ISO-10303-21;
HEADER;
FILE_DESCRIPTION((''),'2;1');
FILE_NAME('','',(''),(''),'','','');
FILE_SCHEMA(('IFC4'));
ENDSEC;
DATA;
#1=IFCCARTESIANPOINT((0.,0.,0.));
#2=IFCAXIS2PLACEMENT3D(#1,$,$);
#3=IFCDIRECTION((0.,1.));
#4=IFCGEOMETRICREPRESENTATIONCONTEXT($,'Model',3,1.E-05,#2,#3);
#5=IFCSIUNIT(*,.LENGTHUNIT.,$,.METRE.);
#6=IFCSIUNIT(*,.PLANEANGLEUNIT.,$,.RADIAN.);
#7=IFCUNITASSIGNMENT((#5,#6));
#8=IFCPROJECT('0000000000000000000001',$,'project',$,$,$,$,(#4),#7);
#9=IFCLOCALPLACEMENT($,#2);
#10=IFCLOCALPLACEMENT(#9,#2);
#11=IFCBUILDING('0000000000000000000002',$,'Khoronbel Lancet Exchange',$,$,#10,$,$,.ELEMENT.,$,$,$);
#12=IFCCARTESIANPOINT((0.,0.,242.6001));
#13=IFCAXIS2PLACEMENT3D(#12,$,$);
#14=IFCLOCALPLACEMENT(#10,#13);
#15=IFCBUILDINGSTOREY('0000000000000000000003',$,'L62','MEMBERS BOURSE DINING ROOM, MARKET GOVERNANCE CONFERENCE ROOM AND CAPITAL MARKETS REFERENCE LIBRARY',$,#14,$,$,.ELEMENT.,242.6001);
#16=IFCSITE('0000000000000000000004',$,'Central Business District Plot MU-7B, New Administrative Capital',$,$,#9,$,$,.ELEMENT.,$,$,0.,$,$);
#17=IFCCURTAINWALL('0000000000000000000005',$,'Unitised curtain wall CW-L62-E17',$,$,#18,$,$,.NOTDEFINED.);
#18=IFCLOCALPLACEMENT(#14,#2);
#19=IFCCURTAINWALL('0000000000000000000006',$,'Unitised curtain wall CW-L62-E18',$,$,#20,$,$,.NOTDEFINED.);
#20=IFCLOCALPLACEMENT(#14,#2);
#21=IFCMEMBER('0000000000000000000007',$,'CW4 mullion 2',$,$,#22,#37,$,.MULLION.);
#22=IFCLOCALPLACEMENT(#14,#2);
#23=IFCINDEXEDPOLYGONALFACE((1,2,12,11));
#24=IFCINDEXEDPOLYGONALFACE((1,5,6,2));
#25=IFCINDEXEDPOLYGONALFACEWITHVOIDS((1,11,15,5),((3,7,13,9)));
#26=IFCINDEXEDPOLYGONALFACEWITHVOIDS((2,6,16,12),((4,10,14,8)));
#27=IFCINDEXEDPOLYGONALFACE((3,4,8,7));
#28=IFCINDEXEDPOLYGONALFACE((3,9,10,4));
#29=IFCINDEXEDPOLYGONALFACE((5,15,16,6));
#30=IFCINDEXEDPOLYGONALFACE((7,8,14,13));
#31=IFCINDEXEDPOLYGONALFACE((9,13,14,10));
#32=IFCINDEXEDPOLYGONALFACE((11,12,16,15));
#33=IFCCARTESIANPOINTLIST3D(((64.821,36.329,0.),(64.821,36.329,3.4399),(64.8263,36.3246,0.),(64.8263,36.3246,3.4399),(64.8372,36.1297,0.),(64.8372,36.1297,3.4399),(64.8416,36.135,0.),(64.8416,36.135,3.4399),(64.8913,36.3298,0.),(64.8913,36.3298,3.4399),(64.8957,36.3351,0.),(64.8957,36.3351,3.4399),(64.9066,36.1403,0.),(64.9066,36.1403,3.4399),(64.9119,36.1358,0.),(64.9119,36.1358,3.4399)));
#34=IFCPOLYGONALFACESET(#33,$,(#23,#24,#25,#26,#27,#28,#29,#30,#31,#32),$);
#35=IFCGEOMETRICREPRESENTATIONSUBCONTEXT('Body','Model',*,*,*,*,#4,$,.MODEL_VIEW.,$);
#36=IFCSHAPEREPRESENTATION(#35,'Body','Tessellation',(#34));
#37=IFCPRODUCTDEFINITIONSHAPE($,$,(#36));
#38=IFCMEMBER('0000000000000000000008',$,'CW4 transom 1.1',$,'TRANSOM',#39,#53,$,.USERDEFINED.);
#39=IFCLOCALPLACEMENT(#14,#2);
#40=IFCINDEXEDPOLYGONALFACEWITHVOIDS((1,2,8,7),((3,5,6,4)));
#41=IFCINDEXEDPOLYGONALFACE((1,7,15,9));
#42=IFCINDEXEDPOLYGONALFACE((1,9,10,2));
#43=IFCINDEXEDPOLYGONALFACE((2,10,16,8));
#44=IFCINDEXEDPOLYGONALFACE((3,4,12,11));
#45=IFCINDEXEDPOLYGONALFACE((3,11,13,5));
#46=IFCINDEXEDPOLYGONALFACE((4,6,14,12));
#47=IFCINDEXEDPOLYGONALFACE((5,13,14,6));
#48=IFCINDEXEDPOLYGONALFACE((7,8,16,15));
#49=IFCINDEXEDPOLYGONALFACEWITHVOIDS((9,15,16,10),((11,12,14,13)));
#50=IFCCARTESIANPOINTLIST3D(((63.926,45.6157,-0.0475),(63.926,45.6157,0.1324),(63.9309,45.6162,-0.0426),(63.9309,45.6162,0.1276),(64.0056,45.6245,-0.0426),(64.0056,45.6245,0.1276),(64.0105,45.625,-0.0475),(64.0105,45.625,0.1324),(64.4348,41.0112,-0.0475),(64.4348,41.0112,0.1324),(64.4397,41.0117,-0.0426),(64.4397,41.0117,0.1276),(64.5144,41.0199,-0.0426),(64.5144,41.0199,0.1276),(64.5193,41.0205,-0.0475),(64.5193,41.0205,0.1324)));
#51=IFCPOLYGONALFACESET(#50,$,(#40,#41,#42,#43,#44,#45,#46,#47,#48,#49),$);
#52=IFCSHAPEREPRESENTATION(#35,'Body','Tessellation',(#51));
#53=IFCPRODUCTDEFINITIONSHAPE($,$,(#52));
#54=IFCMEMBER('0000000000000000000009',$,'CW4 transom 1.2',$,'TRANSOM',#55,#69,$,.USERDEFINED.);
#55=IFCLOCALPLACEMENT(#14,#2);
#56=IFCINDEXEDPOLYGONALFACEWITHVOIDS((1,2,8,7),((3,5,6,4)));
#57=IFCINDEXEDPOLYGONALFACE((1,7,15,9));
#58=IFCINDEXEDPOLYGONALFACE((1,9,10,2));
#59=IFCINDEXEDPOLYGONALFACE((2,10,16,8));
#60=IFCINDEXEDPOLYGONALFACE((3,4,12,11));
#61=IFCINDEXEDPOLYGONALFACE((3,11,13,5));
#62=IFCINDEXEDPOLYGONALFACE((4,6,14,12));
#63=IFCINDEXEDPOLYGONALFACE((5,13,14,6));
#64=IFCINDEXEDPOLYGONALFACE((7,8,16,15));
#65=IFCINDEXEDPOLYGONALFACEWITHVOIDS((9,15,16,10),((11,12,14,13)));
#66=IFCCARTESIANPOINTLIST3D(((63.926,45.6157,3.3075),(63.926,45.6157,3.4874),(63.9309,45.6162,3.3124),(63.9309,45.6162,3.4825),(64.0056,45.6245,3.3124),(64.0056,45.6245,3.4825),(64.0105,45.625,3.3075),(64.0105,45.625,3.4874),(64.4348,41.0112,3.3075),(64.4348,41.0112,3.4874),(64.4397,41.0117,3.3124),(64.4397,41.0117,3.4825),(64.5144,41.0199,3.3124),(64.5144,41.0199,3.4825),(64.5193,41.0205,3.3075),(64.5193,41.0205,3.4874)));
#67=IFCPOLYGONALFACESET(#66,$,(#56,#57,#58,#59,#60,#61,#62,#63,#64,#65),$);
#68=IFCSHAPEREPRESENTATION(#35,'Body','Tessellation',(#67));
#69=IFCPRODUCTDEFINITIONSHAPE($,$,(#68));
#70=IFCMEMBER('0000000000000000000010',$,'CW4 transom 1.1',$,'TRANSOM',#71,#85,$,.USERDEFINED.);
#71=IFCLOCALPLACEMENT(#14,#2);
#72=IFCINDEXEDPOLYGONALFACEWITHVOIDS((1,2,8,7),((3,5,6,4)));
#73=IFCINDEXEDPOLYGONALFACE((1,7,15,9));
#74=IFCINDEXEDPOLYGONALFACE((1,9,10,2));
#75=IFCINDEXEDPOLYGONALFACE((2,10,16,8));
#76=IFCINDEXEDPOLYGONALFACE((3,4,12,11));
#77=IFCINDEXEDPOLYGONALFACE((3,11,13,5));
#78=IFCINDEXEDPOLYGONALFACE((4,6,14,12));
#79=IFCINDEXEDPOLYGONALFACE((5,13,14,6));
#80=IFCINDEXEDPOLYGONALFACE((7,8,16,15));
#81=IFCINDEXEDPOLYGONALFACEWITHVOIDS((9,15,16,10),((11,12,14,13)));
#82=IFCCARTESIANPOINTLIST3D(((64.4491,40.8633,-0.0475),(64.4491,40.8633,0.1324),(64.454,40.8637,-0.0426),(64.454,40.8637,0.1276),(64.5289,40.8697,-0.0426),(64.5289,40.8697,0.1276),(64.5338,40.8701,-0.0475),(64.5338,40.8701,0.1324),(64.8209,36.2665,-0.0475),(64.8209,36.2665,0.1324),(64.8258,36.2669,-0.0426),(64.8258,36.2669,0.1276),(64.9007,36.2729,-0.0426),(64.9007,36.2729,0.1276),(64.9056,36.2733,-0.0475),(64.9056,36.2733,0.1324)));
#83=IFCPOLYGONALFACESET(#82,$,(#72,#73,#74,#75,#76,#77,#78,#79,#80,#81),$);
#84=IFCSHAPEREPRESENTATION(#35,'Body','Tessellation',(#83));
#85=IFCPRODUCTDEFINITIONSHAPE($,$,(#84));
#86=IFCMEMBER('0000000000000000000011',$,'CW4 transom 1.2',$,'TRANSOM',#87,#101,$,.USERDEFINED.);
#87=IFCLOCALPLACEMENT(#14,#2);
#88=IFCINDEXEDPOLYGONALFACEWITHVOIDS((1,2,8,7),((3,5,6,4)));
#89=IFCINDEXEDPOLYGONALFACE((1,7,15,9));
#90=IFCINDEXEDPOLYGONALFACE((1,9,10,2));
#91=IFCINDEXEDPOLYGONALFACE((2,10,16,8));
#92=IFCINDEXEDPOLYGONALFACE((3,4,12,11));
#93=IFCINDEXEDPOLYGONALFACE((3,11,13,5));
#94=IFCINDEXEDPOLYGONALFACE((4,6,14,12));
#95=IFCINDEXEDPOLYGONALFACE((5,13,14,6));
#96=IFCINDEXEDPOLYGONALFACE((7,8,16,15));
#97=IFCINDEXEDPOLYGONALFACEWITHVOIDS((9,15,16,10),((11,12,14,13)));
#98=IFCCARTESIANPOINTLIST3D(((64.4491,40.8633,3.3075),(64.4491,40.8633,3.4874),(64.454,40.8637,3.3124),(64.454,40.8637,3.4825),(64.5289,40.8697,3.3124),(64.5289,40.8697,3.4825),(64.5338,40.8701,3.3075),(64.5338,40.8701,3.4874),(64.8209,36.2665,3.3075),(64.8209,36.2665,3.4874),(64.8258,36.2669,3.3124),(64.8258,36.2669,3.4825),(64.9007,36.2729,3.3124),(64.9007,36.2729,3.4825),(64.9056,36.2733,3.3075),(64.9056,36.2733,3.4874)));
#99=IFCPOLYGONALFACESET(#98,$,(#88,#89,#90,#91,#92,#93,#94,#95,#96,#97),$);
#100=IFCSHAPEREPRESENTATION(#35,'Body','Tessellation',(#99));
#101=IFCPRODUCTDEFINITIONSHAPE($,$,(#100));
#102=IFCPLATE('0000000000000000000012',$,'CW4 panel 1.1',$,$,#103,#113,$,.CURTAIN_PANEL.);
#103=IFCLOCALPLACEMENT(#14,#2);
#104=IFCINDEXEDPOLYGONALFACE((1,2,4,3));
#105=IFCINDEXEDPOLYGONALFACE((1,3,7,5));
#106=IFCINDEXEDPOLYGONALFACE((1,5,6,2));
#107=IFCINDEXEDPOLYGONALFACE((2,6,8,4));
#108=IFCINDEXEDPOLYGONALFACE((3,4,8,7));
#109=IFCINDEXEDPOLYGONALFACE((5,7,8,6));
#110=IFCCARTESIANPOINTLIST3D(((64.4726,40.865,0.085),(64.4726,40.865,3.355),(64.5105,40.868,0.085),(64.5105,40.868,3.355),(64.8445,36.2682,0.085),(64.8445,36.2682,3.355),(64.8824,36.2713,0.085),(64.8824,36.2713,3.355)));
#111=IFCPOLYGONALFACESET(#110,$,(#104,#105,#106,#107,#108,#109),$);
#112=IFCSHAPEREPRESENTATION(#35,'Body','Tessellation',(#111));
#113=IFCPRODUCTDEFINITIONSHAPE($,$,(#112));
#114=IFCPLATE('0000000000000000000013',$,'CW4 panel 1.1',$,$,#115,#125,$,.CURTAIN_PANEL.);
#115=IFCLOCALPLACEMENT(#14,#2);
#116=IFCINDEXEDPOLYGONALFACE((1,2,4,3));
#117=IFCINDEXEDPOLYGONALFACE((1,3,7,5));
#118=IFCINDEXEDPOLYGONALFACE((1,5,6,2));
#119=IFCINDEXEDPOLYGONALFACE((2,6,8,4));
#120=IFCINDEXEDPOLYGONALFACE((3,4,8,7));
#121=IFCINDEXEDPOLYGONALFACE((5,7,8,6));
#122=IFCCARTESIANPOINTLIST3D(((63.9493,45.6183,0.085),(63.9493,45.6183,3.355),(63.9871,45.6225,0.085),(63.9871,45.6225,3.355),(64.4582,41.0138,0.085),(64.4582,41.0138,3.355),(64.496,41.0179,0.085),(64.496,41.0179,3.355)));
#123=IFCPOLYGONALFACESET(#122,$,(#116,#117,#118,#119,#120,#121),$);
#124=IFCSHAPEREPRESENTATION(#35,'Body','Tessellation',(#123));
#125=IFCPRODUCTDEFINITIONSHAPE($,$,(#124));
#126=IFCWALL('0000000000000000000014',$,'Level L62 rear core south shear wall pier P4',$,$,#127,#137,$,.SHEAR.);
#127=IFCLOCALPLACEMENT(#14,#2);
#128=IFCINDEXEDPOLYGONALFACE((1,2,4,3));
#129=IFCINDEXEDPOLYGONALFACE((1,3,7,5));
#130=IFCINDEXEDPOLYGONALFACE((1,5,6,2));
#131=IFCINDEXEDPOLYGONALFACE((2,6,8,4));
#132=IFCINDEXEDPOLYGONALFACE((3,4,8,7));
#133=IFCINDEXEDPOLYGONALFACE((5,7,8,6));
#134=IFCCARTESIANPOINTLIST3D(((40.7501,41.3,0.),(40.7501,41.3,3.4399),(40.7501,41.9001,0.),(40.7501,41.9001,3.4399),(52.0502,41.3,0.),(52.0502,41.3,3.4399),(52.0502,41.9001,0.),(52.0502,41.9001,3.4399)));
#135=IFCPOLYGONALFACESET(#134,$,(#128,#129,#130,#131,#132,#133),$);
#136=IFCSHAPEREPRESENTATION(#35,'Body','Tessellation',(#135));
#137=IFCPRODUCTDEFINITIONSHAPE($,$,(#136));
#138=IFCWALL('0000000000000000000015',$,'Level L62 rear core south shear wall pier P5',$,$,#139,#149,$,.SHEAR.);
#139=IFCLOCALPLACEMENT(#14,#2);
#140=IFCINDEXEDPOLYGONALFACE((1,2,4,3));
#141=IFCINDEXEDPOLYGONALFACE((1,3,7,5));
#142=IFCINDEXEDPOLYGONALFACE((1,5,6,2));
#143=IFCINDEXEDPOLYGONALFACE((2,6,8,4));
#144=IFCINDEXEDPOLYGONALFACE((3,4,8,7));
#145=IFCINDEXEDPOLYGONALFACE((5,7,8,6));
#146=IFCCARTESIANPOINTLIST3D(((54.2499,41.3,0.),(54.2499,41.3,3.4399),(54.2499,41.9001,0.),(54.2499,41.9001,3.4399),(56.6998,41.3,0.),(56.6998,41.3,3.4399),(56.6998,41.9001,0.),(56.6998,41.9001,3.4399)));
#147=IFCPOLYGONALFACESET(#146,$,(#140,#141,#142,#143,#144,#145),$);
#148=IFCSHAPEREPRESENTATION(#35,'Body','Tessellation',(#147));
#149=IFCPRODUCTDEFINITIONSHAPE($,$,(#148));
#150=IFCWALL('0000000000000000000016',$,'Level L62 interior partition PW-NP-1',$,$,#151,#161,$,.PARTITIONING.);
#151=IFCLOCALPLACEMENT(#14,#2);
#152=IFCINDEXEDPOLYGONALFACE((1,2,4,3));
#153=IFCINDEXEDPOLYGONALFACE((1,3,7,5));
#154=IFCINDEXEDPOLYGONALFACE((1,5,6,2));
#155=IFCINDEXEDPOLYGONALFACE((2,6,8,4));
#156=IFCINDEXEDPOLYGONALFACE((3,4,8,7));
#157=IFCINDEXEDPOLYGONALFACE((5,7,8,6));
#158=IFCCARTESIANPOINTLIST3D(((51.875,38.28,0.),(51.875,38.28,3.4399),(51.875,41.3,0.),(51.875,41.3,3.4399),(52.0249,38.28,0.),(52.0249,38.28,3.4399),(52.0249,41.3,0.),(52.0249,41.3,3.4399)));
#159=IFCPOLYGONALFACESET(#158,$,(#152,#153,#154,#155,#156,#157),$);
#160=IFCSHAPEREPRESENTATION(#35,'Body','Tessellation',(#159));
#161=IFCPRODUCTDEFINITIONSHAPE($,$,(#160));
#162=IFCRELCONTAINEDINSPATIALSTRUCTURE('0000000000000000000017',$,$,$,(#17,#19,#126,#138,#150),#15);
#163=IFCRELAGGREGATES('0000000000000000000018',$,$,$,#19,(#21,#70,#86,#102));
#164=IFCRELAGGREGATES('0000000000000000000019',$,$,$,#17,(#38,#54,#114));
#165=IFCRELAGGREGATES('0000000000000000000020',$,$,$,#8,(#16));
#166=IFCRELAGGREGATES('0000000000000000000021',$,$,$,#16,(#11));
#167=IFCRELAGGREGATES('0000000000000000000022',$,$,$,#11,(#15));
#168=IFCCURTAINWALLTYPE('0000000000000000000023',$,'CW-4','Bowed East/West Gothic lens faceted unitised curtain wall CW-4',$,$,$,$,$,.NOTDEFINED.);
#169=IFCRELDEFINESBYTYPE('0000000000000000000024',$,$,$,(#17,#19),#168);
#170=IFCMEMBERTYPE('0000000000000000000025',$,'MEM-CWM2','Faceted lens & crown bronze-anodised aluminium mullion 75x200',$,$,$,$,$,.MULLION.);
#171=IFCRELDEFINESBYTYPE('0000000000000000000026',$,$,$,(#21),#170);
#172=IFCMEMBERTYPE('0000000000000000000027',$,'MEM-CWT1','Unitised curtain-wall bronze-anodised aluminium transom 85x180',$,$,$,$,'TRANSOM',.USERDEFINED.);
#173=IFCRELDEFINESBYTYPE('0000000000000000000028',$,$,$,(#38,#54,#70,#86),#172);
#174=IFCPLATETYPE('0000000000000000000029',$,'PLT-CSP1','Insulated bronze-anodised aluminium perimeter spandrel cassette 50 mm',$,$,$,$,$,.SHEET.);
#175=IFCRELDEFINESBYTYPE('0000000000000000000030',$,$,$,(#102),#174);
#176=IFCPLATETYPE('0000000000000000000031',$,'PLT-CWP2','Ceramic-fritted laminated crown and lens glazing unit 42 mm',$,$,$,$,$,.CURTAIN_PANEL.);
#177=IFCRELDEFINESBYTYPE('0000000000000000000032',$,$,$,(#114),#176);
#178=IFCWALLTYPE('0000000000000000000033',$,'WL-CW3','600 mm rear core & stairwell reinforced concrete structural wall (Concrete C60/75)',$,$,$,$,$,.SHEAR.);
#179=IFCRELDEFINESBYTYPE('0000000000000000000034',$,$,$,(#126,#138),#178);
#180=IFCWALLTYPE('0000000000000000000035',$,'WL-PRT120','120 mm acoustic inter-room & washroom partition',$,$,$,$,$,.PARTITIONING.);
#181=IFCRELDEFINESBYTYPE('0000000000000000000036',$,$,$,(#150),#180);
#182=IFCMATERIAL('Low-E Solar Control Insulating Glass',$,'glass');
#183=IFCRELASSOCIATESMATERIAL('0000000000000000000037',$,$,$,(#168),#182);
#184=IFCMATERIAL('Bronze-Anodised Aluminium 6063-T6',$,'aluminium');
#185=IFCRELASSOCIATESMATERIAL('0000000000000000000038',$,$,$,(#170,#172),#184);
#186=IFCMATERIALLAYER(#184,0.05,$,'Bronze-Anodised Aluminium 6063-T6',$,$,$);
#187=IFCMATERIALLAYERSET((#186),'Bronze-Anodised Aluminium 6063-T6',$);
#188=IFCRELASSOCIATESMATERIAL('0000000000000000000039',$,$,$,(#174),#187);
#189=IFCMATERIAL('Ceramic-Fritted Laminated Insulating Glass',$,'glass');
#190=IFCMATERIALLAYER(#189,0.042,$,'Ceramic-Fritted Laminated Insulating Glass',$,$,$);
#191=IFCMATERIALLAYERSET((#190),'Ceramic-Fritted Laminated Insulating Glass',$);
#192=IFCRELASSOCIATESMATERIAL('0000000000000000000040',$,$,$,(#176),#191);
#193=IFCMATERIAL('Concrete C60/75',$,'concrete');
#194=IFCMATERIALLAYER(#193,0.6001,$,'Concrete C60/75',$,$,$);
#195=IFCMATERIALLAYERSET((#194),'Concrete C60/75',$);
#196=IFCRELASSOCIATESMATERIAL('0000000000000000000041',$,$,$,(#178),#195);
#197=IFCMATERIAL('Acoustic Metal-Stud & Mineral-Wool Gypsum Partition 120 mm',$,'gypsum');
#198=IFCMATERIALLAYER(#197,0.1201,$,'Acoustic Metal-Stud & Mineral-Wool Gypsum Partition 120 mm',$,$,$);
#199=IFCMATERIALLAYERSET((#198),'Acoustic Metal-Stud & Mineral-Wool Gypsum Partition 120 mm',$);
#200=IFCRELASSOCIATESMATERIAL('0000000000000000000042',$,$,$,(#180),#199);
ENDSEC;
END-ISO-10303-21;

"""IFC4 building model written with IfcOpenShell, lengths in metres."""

from ifc_helpers import new_model, si_unit, direction, frame, frame_2d, origin, origin_2d, place, context, subcontext, project, spatial, rectangle, hollow_rectangle, extrude, material, layer, layer_set, material_profile, profile_set, type_object, element, aggregate, save


model = new_model("IFC4")

# Units and contexts
model_context = context("Model", 3, precision=1e-05, world=origin(), true_north=direction((0.0, 1.0)))
body_context = subcontext(model_context, "Body", "Model", "MODEL_VIEW")
ifc_project = project(units=[si_unit("LENGTHUNIT", "METRE"), si_unit("PLANEANGLEUNIT", "RADIAN")], contexts=[model_context])

# Site, building, storey
site_placement = place(None, origin())
site = spatial("IfcSite", under=ifc_project, at=site_placement, Name="Central Business District Plot MU-7B, New Administrative Capital", CompositionType="ELEMENT", RefElevation=0.0)
building_placement = place(site_placement, origin())
building = spatial("IfcBuilding", under=site, at=building_placement, Name="Khoronbel Lancet Exchange", CompositionType="ELEMENT")
storey_placement = place(building_placement, frame((0.0, 0.0, 242.6001)))
storey = spatial("IfcBuildingStorey", under=building, at=storey_placement, Name="L62", Description="MEMBERS BOURSE DINING ROOM, MARKET GOVERNANCE CONFERENCE ROOM AND CAPITAL MARKETS REFERENCE LIBRARY", CompositionType="ELEMENT", Elevation=242.6001)

# Shared definitions
ifc_material_1 = material(Name="Concrete C60/75", Category="concrete")

# Curtain walls, member
ifc_material_2 = material(Name="Low-E Solar Control Insulating Glass", Category="glass")
curtain_wall_type = type_object("IfcCurtainWallType", Name="CW-4", Description="Bowed East/West Gothic lens faceted unitised curtain wall CW-4", PredefinedType="NOTDEFINED", material=ifc_material_2)
curtain_wall_1_placement = place(storey_placement, origin())
curtain_wall_1 = element("IfcCurtainWall", 1, at=curtain_wall_1_placement, inside=storey, type_object=curtain_wall_type, Name="Unitised curtain wall CW-L62-E17", PredefinedType="NOTDEFINED")
ifc_material_3 = material(Name="Bronze-Anodised Aluminium 6063-T6", Category="aluminium")
ifc_material_profile_1 = material_profile(ifc_material_3, hollow_rectangle(XDim=0.075, YDim=0.2, WallThickness=0.0049, at=origin_2d()), Name="ALU MULLION 75x200")
ifc_profile_set_1 = profile_set([ifc_material_profile_1], Name="Bronze-Anodised Aluminium 6063-T6")
member_type_1 = type_object("IfcMemberType", Name="MEM-CWM2", Description="Faceted lens & crown bronze-anodised aluminium mullion 75x200", PredefinedType="MULLION", material=ifc_profile_set_1)
curtain_wall_2_placement = place(storey_placement, origin())
curtain_wall_2 = element("IfcCurtainWall", 2, at=curtain_wall_2_placement, inside=storey, type_object=curtain_wall_type, Name="Unitised curtain wall CW-L62-E18", PredefinedType="NOTDEFINED")
member_1_placement = place(storey_placement, frame((64.8665, 36.2324, 0.0), z_axis=(0.0, 0.0, 1.0), x_axis=(0.996743, 0.08064, 0.0)))
member_1 = element("IfcMember", 3, at=member_1_placement, type_object=member_type_1, Name="CW4 mullion 2", PredefinedType="MULLION", context=body_context, shape_type="SweptSolid", body=[
    extrude(hollow_rectangle(XDim=0.075, YDim=0.2, WallThickness=0.0049, at=origin_2d()), origin(), (0.0, 0.0, 1.0), 3.4399),
])

# Members
ifc_material_profile_2 = material_profile(ifc_material_3, hollow_rectangle(XDim=0.085, YDim=0.1799, WallThickness=0.0049, at=origin_2d()), Name="ALU TRANSOM 85x180")
ifc_profile_set_2 = profile_set([ifc_material_profile_2], Name="Bronze-Anodised Aluminium 6063-T6")
member_type_2 = type_object("IfcMemberType", Name="MEM-CWT1", Description="Unitised curtain-wall bronze-anodised aluminium transom 85x180", ElementType="TRANSOM", PredefinedType="USERDEFINED", material=ifc_profile_set_2)
member_2_placement = place(storey_placement, frame((63.9683, 45.6204, 0.0425), z_axis=(0.10983, -0.99395, 0.0), x_axis=(0.99395, 0.10983, 0.0)))
member_2 = element("IfcMember", 4, at=member_2_placement, type_object=member_type_2, Name="CW4 transom 1.1", ObjectType="TRANSOM", PredefinedType="USERDEFINED", context=body_context, shape_type="SweptSolid", body=[
    extrude(hollow_rectangle(XDim=0.085, YDim=0.1799, WallThickness=0.0049, at=origin_2d()), origin(), (0.0, 0.0, 1.0), 4.6326),
])
member_3_placement = place(storey_placement, frame((63.9683, 45.6204, 3.3975), z_axis=(0.10983, -0.99395, 0.0), x_axis=(0.99395, 0.10983, 0.0)))
member_3 = element("IfcMember", 5, at=member_3_placement, type_object=member_type_2, Name="CW4 transom 1.2", ObjectType="TRANSOM", PredefinedType="USERDEFINED", context=body_context, shape_type="SweptSolid", body=[
    extrude(hollow_rectangle(XDim=0.085, YDim=0.1799, WallThickness=0.0049, at=origin_2d()), origin(), (0.0, 0.0, 1.0), 4.6326),
])
member_4_placement = place(storey_placement, frame((64.4915, 40.8667, 0.0425), z_axis=(0.080623, -0.996745, 0.0), x_axis=(0.996745, 0.080623, 0.0)))
member_4 = element("IfcMember", 6, at=member_4_placement, type_object=member_type_2, Name="CW4 transom 1.1", ObjectType="TRANSOM", PredefinedType="USERDEFINED", context=body_context, shape_type="SweptSolid", body=[
    extrude(hollow_rectangle(XDim=0.085, YDim=0.1799, WallThickness=0.0049, at=origin_2d()), origin(), (0.0, 0.0, 1.0), 4.6118),
])
member_5_placement = place(storey_placement, frame((64.4915, 40.8667, 3.3975), z_axis=(0.080623, -0.996745, 0.0), x_axis=(0.996745, 0.080623, 0.0)))
member_5 = element("IfcMember", 7, at=member_5_placement, type_object=member_type_2, Name="CW4 transom 1.2", ObjectType="TRANSOM", PredefinedType="USERDEFINED", context=body_context, shape_type="SweptSolid", body=[
    extrude(hollow_rectangle(XDim=0.085, YDim=0.1799, WallThickness=0.0049, at=origin_2d()), origin(), (0.0, 0.0, 1.0), 4.6118),
])

# Plates
ifc_layer_1 = layer(ifc_material_3, 0.05, Name="Bronze-Anodised Aluminium 6063-T6")
ifc_layer_set_1 = layer_set([ifc_layer_1], Name="Bronze-Anodised Aluminium 6063-T6")
plate_type_1 = type_object("IfcPlateType", Name="PLT-CSP1", Description="Insulated bronze-anodised aluminium perimeter spandrel cassette 50 mm", PredefinedType="SHEET", material=ifc_layer_set_1)
plate_1_placement = place(storey_placement, frame((64.6775, 38.5681, 0.085), z_axis=(0.0, 0.0, 1.0), x_axis=(0.08064, -0.996743, 0.0)))
plate_1 = element("IfcPlate", 8, at=plate_1_placement, type_object=plate_type_1, Name="CW4 panel 1.1", PredefinedType="CURTAIN_PANEL", context=body_context, shape_type="SweptSolid", body=[
    extrude(rectangle(XDim=4.6118, YDim=0.0381, at=origin_2d()), origin(), (0.0, 0.0, 1.0), 3.27),
])
aggregate(curtain_wall_2, [member_1, member_4, member_5, plate_1])
ifc_material_4 = material(Name="Ceramic-Fritted Laminated Insulating Glass", Category="glass")
ifc_layer_2 = layer(ifc_material_4, 0.042, Name="Ceramic-Fritted Laminated Insulating Glass")
ifc_layer_set_2 = layer_set([ifc_layer_2], Name="Ceramic-Fritted Laminated Insulating Glass")
plate_type_2 = type_object("IfcPlateType", Name="PLT-CWP2", Description="Ceramic-fritted laminated crown and lens glazing unit 42 mm", PredefinedType="CURTAIN_PANEL", material=ifc_layer_set_2)
plate_2_placement = place(storey_placement, frame((64.2227, 43.3181, 0.085), z_axis=(0.0, 0.0, 1.0), x_axis=(0.109858, -0.993947, 0.0)))
plate_2 = element("IfcPlate", 9, at=plate_2_placement, type_object=plate_type_2, Name="CW4 panel 1.1", PredefinedType="CURTAIN_PANEL", context=body_context, shape_type="SweptSolid", body=[
    extrude(rectangle(XDim=4.6326, YDim=0.0381, at=origin_2d()), origin(), (0.0, 0.0, 1.0), 3.27),
])
aggregate(curtain_wall_1, [member_2, member_3, plate_2])

# Walls
ifc_layer_3 = layer(ifc_material_1, 0.6001, Name="Concrete C60/75")
ifc_layer_set_3 = layer_set([ifc_layer_3], Name="Concrete C60/75")
wall_type_1 = type_object("IfcWallType", Name="WL-CW3", Description="600 mm rear core & stairwell reinforced concrete structural wall (Concrete C60/75)", PredefinedType="SHEAR", material=ifc_layer_set_3)
wall_1_placement = place(storey_placement, frame((52.05, 41.6001, 0.0), z_axis=(0.0, 0.0, 1.0), x_axis=(-1.0, 0.0, 0.0)))
element("IfcWall", 10, at=wall_1_placement, inside=storey, type_object=wall_type_1, Name="Level L62 rear core south shear wall pier P4", PredefinedType="SHEAR", context=body_context, shape_type="SweptSolid", body=[
    extrude(rectangle(XDim=11.3, YDim=0.6001, at=frame_2d((5.6499, 0.0))), origin(), (0.0, 0.0, 1.0), 3.4399),
])
wall_2_placement = place(storey_placement, frame((56.7, 41.6001, 0.0), z_axis=(0.0, 0.0, 1.0), x_axis=(-1.0, 0.0, 0.0)))
element("IfcWall", 11, at=wall_2_placement, inside=storey, type_object=wall_type_1, Name="Level L62 rear core south shear wall pier P5", PredefinedType="SHEAR", context=body_context, shape_type="SweptSolid", body=[
    extrude(rectangle(XDim=2.45, YDim=0.6001, at=frame_2d((1.2251, 0.0))), origin(), (0.0, 0.0, 1.0), 3.4399),
])
ifc_material_5 = material(Name="Acoustic Metal-Stud & Mineral-Wool Gypsum Partition 120 mm", Category="gypsum")
ifc_layer_4 = layer(ifc_material_5, 0.1201, Name="Acoustic Metal-Stud & Mineral-Wool Gypsum Partition 120 mm")
ifc_layer_set_4 = layer_set([ifc_layer_4], Name="Acoustic Metal-Stud & Mineral-Wool Gypsum Partition 120 mm")
wall_type_2 = type_object("IfcWallType", Name="WL-PRT120", Description="120 mm acoustic inter-room & washroom partition", PredefinedType="PARTITIONING", material=ifc_layer_set_4)
wall_3_placement = place(storey_placement, frame((51.95, 38.28, 0.0), z_axis=(0.0, 0.0, 1.0), x_axis=(0.0, 1.0, 0.0)))
element("IfcWall", 12, at=wall_3_placement, inside=storey, type_object=wall_type_2, Name="Level L62 interior partition PW-NP-1", PredefinedType="PARTITIONING", context=body_context, shape_type="SweptSolid", body=[
    extrude(rectangle(XDim=3.02, YDim=0.1499, at=frame_2d((1.51, 0.0))), origin(), (0.0, 0.0, 1.0), 3.4399),
])

save(model, "model.ifc")
